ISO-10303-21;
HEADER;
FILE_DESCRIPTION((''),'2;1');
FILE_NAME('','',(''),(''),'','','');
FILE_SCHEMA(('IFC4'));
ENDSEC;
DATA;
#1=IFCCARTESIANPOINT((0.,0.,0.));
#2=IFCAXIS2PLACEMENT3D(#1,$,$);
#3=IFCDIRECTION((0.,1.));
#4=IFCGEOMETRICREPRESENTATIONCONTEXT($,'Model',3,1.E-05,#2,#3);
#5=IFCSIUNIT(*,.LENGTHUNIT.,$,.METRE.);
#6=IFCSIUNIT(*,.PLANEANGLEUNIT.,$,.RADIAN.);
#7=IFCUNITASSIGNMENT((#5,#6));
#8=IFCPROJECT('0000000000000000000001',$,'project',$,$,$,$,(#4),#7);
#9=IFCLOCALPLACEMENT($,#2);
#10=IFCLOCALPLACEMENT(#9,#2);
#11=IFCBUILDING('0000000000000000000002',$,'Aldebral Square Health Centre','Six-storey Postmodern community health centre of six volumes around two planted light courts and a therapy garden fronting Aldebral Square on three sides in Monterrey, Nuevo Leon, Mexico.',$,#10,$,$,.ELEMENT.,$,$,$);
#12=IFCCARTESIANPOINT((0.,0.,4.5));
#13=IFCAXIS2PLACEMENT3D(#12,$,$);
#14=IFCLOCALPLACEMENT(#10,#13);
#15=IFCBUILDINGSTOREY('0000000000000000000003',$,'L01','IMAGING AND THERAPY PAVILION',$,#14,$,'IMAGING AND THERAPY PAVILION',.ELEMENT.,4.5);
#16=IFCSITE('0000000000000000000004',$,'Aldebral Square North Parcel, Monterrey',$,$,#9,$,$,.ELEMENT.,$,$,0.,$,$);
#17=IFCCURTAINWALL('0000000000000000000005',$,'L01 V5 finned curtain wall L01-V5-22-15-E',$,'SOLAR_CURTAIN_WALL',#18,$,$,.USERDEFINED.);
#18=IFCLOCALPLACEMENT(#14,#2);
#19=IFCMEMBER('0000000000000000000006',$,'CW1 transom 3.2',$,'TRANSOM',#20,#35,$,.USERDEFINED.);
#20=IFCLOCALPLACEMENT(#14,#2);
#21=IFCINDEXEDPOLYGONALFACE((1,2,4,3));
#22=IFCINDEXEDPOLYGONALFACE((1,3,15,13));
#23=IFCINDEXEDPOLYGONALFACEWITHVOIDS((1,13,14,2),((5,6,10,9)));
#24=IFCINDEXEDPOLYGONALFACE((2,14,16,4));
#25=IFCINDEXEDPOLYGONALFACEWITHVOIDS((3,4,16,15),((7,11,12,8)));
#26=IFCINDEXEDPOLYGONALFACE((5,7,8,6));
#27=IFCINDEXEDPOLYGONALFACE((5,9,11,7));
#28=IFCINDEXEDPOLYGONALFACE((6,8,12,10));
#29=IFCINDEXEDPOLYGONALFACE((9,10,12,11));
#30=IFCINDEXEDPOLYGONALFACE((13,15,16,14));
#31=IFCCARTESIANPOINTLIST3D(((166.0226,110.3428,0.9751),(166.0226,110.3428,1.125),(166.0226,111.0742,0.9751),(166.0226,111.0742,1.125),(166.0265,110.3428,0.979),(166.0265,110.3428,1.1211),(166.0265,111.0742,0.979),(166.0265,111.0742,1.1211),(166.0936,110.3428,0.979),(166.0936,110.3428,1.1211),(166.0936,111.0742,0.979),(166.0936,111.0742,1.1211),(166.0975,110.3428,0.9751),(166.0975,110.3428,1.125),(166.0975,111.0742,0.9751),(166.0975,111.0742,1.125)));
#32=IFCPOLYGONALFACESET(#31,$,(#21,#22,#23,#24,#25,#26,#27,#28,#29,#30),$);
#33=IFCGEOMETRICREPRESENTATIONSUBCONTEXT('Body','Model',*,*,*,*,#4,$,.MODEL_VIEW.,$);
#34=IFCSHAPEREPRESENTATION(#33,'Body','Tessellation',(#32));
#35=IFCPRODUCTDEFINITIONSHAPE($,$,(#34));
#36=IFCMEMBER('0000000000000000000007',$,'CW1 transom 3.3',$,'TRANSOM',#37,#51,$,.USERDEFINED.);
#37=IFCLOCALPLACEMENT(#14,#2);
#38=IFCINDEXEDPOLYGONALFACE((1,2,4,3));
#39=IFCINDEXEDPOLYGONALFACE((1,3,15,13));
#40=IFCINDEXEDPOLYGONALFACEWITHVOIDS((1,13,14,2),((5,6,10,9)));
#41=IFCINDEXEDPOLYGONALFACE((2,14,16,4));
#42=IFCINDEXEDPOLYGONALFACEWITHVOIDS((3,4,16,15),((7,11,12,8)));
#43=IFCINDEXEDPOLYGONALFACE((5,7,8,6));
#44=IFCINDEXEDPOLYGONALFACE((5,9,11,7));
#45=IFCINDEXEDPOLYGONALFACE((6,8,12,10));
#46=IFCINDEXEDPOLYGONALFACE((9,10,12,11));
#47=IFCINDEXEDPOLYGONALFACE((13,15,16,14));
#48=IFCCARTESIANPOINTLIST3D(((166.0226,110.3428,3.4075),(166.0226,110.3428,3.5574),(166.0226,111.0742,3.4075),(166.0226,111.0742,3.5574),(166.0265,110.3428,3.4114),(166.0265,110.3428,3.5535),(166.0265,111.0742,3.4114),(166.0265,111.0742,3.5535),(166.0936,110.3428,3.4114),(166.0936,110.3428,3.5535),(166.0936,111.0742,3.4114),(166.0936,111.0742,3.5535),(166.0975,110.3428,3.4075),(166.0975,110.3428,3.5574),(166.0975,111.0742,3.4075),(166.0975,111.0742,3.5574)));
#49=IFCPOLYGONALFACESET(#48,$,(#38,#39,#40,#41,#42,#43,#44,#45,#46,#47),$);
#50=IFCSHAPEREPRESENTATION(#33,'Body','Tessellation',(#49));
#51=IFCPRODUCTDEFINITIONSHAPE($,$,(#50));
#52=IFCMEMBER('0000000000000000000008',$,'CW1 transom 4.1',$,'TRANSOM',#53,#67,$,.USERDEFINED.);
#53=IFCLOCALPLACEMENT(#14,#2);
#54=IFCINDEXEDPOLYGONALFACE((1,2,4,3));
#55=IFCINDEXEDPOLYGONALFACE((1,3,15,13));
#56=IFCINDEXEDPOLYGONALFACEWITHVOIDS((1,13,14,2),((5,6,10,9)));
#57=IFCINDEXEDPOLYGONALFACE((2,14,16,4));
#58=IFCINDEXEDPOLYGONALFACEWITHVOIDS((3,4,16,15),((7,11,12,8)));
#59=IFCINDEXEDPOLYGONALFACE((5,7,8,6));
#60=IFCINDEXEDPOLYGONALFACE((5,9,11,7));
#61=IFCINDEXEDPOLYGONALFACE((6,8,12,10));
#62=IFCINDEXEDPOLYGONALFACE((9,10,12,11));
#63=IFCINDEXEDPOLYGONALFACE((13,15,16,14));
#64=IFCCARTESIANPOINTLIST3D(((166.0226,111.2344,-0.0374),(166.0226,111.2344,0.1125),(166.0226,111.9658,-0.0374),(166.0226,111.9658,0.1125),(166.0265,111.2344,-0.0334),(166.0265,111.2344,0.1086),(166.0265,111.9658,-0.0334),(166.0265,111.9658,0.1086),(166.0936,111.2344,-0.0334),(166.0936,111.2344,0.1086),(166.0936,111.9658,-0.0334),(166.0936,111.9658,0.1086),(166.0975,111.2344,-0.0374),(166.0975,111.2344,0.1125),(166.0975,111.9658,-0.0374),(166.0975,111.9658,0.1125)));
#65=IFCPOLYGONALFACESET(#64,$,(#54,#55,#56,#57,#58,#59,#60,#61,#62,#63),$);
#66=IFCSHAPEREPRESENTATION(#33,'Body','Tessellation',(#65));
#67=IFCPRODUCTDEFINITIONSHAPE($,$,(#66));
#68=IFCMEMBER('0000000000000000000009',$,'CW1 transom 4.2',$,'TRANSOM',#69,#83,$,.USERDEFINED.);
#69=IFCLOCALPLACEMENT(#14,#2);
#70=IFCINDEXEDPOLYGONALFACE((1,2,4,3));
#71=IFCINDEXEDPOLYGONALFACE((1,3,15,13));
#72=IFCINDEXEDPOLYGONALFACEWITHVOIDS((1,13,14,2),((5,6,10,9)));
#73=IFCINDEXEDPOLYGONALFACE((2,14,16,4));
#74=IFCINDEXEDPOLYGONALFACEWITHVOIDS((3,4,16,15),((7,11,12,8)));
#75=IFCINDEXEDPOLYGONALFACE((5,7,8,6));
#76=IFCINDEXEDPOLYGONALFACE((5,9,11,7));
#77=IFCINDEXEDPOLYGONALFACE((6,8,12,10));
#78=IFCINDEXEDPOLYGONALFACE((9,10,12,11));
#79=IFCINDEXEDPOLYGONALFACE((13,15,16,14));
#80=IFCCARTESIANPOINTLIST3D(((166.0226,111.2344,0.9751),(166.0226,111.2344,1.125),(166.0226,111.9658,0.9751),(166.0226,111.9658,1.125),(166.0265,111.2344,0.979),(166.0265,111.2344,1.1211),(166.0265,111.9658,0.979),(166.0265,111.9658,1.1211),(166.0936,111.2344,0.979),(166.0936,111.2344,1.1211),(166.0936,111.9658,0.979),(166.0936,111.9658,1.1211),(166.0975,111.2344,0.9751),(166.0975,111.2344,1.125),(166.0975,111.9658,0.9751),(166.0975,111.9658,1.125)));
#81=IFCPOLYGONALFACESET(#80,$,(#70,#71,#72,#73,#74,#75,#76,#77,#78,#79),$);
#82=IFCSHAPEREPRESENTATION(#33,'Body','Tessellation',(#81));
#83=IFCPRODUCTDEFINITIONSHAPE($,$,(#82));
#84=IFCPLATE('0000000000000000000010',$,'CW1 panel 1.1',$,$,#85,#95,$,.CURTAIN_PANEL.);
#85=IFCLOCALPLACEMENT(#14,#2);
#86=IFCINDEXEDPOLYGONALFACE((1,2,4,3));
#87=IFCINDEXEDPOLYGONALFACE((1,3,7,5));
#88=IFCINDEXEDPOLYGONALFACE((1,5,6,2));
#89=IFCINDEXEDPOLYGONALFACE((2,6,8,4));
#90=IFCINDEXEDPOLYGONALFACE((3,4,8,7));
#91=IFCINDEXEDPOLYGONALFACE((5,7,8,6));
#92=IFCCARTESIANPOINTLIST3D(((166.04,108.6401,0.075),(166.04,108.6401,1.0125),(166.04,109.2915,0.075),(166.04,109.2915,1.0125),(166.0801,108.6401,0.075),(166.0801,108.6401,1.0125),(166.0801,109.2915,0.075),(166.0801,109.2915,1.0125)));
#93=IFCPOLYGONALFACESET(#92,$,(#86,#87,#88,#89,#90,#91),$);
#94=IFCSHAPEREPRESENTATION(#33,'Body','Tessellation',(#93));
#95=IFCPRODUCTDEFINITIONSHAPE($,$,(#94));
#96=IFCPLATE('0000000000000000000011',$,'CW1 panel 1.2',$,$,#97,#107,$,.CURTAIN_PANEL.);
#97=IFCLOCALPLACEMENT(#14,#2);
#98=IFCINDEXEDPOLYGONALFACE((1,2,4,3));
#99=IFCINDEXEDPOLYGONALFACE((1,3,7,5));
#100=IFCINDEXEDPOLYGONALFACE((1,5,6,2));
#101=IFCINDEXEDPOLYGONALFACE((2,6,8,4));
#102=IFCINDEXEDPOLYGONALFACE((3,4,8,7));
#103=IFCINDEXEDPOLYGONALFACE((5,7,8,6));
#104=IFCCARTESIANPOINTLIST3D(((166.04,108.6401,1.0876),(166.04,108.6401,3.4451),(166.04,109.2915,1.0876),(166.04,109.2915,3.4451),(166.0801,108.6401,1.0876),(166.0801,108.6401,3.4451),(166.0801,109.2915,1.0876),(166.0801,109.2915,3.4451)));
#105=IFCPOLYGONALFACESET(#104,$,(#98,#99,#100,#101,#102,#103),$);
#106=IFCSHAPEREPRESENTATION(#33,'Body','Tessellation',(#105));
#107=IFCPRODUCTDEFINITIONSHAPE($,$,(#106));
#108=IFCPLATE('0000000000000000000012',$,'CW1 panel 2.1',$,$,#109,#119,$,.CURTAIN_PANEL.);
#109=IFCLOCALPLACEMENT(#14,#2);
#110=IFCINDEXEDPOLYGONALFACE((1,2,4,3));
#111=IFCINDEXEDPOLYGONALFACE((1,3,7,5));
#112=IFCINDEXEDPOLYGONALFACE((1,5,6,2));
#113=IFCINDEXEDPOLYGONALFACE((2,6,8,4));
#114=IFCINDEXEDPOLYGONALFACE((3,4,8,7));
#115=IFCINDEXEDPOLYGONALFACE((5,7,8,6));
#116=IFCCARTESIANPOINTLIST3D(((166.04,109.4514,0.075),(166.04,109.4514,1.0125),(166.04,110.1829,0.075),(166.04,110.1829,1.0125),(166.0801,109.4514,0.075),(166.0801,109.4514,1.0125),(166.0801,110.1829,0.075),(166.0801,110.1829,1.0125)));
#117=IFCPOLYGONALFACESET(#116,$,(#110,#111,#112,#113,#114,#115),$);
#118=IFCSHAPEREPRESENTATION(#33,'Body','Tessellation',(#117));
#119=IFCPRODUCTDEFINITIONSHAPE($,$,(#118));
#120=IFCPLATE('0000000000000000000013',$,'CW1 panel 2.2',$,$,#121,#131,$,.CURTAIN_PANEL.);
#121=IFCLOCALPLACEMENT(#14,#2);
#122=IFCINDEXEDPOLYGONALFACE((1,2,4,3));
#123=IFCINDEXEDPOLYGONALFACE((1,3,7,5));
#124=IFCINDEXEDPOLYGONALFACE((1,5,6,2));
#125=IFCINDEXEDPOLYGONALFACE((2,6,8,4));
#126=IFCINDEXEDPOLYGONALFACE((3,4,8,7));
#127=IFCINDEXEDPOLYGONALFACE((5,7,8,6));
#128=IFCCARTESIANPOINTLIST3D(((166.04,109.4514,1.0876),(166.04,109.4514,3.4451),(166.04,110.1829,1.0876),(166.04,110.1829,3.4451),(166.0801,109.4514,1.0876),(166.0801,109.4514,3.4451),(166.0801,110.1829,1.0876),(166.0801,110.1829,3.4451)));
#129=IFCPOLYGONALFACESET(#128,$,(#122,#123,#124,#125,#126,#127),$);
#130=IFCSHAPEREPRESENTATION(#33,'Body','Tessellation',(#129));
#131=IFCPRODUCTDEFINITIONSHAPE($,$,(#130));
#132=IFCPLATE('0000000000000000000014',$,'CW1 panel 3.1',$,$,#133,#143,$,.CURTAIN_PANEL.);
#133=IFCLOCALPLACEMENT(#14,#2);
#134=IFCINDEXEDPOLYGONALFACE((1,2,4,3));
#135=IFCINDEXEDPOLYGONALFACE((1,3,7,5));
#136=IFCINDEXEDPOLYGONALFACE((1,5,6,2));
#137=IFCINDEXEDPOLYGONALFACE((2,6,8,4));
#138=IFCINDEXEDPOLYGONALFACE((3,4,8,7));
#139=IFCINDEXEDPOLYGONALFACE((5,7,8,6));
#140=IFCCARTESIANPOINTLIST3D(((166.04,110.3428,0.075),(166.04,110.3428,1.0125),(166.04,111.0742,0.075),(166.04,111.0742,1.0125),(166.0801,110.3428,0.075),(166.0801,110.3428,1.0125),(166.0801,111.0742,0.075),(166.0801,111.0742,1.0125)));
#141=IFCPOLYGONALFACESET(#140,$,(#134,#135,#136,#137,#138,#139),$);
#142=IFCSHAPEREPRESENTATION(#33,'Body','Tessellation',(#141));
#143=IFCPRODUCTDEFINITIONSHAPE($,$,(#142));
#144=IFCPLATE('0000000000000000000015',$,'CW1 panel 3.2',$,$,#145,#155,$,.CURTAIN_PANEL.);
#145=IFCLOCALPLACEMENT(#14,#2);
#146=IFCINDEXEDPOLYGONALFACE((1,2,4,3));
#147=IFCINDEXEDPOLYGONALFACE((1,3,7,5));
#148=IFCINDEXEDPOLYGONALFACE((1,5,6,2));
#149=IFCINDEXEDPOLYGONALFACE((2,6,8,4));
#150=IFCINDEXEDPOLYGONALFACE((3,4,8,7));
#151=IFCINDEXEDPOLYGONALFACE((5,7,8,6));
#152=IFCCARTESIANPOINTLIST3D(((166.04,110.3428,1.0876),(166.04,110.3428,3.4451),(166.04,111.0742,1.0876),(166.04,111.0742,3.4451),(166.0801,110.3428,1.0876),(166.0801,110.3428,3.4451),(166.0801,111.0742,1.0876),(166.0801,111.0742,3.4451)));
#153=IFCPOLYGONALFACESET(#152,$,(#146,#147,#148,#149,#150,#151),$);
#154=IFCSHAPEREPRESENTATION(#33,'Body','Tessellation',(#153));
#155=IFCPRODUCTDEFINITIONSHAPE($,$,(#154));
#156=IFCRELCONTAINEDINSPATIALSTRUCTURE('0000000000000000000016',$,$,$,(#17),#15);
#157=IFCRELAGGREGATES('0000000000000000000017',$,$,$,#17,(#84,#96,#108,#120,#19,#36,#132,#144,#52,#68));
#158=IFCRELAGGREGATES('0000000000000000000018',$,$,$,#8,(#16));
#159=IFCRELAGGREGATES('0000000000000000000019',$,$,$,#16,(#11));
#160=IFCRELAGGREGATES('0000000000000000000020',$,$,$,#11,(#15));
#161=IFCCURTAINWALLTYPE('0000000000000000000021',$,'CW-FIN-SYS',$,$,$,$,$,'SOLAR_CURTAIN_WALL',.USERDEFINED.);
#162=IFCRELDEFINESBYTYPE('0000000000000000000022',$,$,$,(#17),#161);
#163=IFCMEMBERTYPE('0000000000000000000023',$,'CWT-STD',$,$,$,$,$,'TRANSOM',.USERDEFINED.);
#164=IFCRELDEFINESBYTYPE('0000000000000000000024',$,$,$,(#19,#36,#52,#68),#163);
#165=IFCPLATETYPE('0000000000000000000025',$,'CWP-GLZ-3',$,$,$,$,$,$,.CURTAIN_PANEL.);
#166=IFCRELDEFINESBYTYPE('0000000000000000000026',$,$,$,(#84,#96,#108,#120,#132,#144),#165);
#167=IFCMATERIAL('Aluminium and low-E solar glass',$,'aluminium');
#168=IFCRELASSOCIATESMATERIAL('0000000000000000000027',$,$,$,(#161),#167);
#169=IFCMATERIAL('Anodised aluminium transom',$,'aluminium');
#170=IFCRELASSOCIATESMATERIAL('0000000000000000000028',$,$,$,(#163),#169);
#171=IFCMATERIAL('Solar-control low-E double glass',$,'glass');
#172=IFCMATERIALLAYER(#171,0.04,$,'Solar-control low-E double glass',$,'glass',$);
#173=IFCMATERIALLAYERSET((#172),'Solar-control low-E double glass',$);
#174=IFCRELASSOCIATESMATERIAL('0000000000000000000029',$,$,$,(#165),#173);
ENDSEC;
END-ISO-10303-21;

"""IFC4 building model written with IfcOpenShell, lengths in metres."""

from ifc_helpers import new_model, si_unit, direction, frame, origin, origin_2d, place, context, subcontext, project, spatial, rectangle, hollow_rectangle, extrude, material, layer, layer_set, material_profile, profile_set, type_object, element, aggregate, save


model = new_model("IFC4")

# Units and contexts
model_context = context("Model", 3, precision=1e-05, world=origin(), true_north=direction((0.0, 1.0)))
body_context = subcontext(model_context, "Body", "Model", "MODEL_VIEW")
ifc_project = project(units=[si_unit("LENGTHUNIT", "METRE"), si_unit("PLANEANGLEUNIT", "RADIAN")], contexts=[model_context])

# Site, building, storey
site_placement = place(None, origin())
site = spatial("IfcSite", under=ifc_project, at=site_placement, Name="Aldebral Square North Parcel, Monterrey", CompositionType="ELEMENT", RefElevation=0.0)
building_placement = place(site_placement, origin())
building = spatial("IfcBuilding", under=site, at=building_placement, Name="Aldebral Square Health Centre", Description="Six-storey Postmodern community health centre of six volumes around two planted light courts and a therapy garden fronting Aldebral Square on three sides in Monterrey, Nuevo Leon, Mexico.", CompositionType="ELEMENT")
storey_placement = place(building_placement, frame((0.0, 0.0, 4.5)))
storey = spatial("IfcBuildingStorey", under=building, at=storey_placement, Name="L01", Description="IMAGING AND THERAPY PAVILION", LongName="IMAGING AND THERAPY PAVILION", CompositionType="ELEMENT", Elevation=4.5)

# Curtain wall, members, plates
ifc_material_1 = material(Name="Aluminium and low-E solar glass", Category="aluminium")
curtain_wall_type = type_object("IfcCurtainWallType", Name="CW-FIN-SYS", ElementType="SOLAR_CURTAIN_WALL", PredefinedType="USERDEFINED", material=ifc_material_1)
curtain_wall_placement = place(storey_placement, origin())
curtain_wall = element("IfcCurtainWall", 1, at=curtain_wall_placement, inside=storey, type_object=curtain_wall_type, Name="L01 V5 finned curtain wall L01-V5-22-15-E", ObjectType="SOLAR_CURTAIN_WALL", PredefinedType="USERDEFINED")
ifc_material_2 = material(Name="Anodised aluminium transom", Category="aluminium")
ifc_material_profile_1 = material_profile(ifc_material_2, hollow_rectangle(XDim=0.075, YDim=0.1499, WallThickness=0.0039, at=origin_2d()), Name="CWT 75x150x4")
ifc_profile_set_1 = profile_set([ifc_material_profile_1], Name="Anodised aluminium transom")
member_type_1 = type_object("IfcMemberType", Name="CWT-STD", ElementType="TRANSOM", PredefinedType="USERDEFINED", material=ifc_profile_set_1)
member_1_placement = place(storey_placement, frame((166.0601, 110.3428, 1.05), z_axis=(0.0, 1.0, 0.0), x_axis=(-1.0, 0.0, 0.0)))
member_1 = element("IfcMember", 2, at=member_1_placement, type_object=member_type_1, Name="CW1 transom 3.2", ObjectType="TRANSOM", PredefinedType="USERDEFINED", context=body_context, shape_type="SweptSolid", body=[
    extrude(hollow_rectangle(XDim=0.075, YDim=0.1499, WallThickness=0.0039, at=origin_2d()), origin(), (0.0, 0.0, 1.0), 0.7314),
])
member_2_placement = place(storey_placement, frame((166.0601, 110.3428, 3.4824), z_axis=(0.0, 1.0, 0.0), x_axis=(-1.0, 0.0, 0.0)))
member_2 = element("IfcMember", 3, at=member_2_placement, type_object=member_type_1, Name="CW1 transom 3.3", ObjectType="TRANSOM", PredefinedType="USERDEFINED", context=body_context, shape_type="SweptSolid", body=[
    extrude(hollow_rectangle(XDim=0.075, YDim=0.1499, WallThickness=0.0039, at=origin_2d()), origin(), (0.0, 0.0, 1.0), 0.7314),
])
member_3_placement = place(storey_placement, frame((166.0601, 111.2344, 0.0376), z_axis=(0.0, 1.0, 0.0), x_axis=(-1.0, 0.0, 0.0)))
member_3 = element("IfcMember", 4, at=member_3_placement, type_object=member_type_1, Name="CW1 transom 4.1", ObjectType="TRANSOM", PredefinedType="USERDEFINED", context=body_context, shape_type="SweptSolid", body=[
    extrude(hollow_rectangle(XDim=0.075, YDim=0.1499, WallThickness=0.0039, at=origin_2d()), origin(), (0.0, 0.0, 1.0), 0.7314),
])
member_4_placement = place(storey_placement, frame((166.0601, 111.2344, 1.05), z_axis=(0.0, 1.0, 0.0), x_axis=(-1.0, 0.0, 0.0)))
member_4 = element("IfcMember", 5, at=member_4_placement, type_object=member_type_1, Name="CW1 transom 4.2", ObjectType="TRANSOM", PredefinedType="USERDEFINED", context=body_context, shape_type="SweptSolid", body=[
    extrude(hollow_rectangle(XDim=0.075, YDim=0.1499, WallThickness=0.0039, at=origin_2d()), origin(), (0.0, 0.0, 1.0), 0.7314),
])
ifc_material_3 = material(Name="Solar-control low-E double glass", Category="glass")
ifc_layer = layer(ifc_material_3, 0.04, Name="Solar-control low-E double glass", Category="glass")
ifc_layer_set = layer_set([ifc_layer], Name="Solar-control low-E double glass")
plate_type = type_object("IfcPlateType", Name="CWP-GLZ-3", PredefinedType="CURTAIN_PANEL", material=ifc_layer_set)
plate_1_placement = place(storey_placement, frame((166.0601, 108.9658, 0.075), z_axis=(0.0, 0.0, 1.0), x_axis=(0.0, 1.0, 0.0)))
plate_1 = element("IfcPlate", 6, at=plate_1_placement, type_object=plate_type, Name="CW1 panel 1.1", PredefinedType="CURTAIN_PANEL", context=body_context, shape_type="SweptSolid", body=[
    extrude(rectangle(XDim=0.6514, YDim=0.04, at=origin_2d()), origin(), (0.0, 0.0, 1.0), 0.9375),
])
plate_2_placement = place(storey_placement, frame((166.0601, 108.9658, 1.0876), z_axis=(0.0, 0.0, 1.0), x_axis=(0.0, 1.0, 0.0)))
plate_2 = element("IfcPlate", 7, at=plate_2_placement, type_object=plate_type, Name="CW1 panel 1.2", PredefinedType="CURTAIN_PANEL", context=body_context, shape_type="SweptSolid", body=[
    extrude(rectangle(XDim=0.6514, YDim=0.04, at=origin_2d()), origin(), (0.0, 0.0, 1.0), 2.3574),
])
plate_3_placement = place(storey_placement, frame((166.0601, 109.8171, 0.075), z_axis=(0.0, 0.0, 1.0), x_axis=(0.0, 1.0, 0.0)))
plate_3 = element("IfcPlate", 8, at=plate_3_placement, type_object=plate_type, Name="CW1 panel 2.1", PredefinedType="CURTAIN_PANEL", context=body_context, shape_type="SweptSolid", body=[
    extrude(rectangle(XDim=0.7314, YDim=0.04, at=origin_2d()), origin(), (0.0, 0.0, 1.0), 0.9375),
])
plate_4_placement = place(storey_placement, frame((166.0601, 109.8171, 1.0876), z_axis=(0.0, 0.0, 1.0), x_axis=(0.0, 1.0, 0.0)))
plate_4 = element("IfcPlate", 9, at=plate_4_placement, type_object=plate_type, Name="CW1 panel 2.2", PredefinedType="CURTAIN_PANEL", context=body_context, shape_type="SweptSolid", body=[
    extrude(rectangle(XDim=0.7314, YDim=0.04, at=origin_2d()), origin(), (0.0, 0.0, 1.0), 2.3574),
])
plate_5_placement = place(storey_placement, frame((166.0601, 110.7085, 0.075), z_axis=(0.0, 0.0, 1.0), x_axis=(0.0, 1.0, 0.0)))
plate_5 = element("IfcPlate", 10, at=plate_5_placement, type_object=plate_type, Name="CW1 panel 3.1", PredefinedType="CURTAIN_PANEL", context=body_context, shape_type="SweptSolid", body=[
    extrude(rectangle(XDim=0.7314, YDim=0.04, at=origin_2d()), origin(), (0.0, 0.0, 1.0), 0.9375),
])
plate_6_placement = place(storey_placement, frame((166.0601, 110.7085, 1.0876), z_axis=(0.0, 0.0, 1.0), x_axis=(0.0, 1.0, 0.0)))
plate_6 = element("IfcPlate", 11, at=plate_6_placement, type_object=plate_type, Name="CW1 panel 3.2", PredefinedType="CURTAIN_PANEL", context=body_context, shape_type="SweptSolid", body=[
    extrude(rectangle(XDim=0.7314, YDim=0.04, at=origin_2d()), origin(), (0.0, 0.0, 1.0), 2.3574),
])
aggregate(curtain_wall, [plate_1, plate_2, plate_3, plate_4, member_1, member_2, plate_5, plate_6, member_3, member_4])

save(model, "model.ifc")
